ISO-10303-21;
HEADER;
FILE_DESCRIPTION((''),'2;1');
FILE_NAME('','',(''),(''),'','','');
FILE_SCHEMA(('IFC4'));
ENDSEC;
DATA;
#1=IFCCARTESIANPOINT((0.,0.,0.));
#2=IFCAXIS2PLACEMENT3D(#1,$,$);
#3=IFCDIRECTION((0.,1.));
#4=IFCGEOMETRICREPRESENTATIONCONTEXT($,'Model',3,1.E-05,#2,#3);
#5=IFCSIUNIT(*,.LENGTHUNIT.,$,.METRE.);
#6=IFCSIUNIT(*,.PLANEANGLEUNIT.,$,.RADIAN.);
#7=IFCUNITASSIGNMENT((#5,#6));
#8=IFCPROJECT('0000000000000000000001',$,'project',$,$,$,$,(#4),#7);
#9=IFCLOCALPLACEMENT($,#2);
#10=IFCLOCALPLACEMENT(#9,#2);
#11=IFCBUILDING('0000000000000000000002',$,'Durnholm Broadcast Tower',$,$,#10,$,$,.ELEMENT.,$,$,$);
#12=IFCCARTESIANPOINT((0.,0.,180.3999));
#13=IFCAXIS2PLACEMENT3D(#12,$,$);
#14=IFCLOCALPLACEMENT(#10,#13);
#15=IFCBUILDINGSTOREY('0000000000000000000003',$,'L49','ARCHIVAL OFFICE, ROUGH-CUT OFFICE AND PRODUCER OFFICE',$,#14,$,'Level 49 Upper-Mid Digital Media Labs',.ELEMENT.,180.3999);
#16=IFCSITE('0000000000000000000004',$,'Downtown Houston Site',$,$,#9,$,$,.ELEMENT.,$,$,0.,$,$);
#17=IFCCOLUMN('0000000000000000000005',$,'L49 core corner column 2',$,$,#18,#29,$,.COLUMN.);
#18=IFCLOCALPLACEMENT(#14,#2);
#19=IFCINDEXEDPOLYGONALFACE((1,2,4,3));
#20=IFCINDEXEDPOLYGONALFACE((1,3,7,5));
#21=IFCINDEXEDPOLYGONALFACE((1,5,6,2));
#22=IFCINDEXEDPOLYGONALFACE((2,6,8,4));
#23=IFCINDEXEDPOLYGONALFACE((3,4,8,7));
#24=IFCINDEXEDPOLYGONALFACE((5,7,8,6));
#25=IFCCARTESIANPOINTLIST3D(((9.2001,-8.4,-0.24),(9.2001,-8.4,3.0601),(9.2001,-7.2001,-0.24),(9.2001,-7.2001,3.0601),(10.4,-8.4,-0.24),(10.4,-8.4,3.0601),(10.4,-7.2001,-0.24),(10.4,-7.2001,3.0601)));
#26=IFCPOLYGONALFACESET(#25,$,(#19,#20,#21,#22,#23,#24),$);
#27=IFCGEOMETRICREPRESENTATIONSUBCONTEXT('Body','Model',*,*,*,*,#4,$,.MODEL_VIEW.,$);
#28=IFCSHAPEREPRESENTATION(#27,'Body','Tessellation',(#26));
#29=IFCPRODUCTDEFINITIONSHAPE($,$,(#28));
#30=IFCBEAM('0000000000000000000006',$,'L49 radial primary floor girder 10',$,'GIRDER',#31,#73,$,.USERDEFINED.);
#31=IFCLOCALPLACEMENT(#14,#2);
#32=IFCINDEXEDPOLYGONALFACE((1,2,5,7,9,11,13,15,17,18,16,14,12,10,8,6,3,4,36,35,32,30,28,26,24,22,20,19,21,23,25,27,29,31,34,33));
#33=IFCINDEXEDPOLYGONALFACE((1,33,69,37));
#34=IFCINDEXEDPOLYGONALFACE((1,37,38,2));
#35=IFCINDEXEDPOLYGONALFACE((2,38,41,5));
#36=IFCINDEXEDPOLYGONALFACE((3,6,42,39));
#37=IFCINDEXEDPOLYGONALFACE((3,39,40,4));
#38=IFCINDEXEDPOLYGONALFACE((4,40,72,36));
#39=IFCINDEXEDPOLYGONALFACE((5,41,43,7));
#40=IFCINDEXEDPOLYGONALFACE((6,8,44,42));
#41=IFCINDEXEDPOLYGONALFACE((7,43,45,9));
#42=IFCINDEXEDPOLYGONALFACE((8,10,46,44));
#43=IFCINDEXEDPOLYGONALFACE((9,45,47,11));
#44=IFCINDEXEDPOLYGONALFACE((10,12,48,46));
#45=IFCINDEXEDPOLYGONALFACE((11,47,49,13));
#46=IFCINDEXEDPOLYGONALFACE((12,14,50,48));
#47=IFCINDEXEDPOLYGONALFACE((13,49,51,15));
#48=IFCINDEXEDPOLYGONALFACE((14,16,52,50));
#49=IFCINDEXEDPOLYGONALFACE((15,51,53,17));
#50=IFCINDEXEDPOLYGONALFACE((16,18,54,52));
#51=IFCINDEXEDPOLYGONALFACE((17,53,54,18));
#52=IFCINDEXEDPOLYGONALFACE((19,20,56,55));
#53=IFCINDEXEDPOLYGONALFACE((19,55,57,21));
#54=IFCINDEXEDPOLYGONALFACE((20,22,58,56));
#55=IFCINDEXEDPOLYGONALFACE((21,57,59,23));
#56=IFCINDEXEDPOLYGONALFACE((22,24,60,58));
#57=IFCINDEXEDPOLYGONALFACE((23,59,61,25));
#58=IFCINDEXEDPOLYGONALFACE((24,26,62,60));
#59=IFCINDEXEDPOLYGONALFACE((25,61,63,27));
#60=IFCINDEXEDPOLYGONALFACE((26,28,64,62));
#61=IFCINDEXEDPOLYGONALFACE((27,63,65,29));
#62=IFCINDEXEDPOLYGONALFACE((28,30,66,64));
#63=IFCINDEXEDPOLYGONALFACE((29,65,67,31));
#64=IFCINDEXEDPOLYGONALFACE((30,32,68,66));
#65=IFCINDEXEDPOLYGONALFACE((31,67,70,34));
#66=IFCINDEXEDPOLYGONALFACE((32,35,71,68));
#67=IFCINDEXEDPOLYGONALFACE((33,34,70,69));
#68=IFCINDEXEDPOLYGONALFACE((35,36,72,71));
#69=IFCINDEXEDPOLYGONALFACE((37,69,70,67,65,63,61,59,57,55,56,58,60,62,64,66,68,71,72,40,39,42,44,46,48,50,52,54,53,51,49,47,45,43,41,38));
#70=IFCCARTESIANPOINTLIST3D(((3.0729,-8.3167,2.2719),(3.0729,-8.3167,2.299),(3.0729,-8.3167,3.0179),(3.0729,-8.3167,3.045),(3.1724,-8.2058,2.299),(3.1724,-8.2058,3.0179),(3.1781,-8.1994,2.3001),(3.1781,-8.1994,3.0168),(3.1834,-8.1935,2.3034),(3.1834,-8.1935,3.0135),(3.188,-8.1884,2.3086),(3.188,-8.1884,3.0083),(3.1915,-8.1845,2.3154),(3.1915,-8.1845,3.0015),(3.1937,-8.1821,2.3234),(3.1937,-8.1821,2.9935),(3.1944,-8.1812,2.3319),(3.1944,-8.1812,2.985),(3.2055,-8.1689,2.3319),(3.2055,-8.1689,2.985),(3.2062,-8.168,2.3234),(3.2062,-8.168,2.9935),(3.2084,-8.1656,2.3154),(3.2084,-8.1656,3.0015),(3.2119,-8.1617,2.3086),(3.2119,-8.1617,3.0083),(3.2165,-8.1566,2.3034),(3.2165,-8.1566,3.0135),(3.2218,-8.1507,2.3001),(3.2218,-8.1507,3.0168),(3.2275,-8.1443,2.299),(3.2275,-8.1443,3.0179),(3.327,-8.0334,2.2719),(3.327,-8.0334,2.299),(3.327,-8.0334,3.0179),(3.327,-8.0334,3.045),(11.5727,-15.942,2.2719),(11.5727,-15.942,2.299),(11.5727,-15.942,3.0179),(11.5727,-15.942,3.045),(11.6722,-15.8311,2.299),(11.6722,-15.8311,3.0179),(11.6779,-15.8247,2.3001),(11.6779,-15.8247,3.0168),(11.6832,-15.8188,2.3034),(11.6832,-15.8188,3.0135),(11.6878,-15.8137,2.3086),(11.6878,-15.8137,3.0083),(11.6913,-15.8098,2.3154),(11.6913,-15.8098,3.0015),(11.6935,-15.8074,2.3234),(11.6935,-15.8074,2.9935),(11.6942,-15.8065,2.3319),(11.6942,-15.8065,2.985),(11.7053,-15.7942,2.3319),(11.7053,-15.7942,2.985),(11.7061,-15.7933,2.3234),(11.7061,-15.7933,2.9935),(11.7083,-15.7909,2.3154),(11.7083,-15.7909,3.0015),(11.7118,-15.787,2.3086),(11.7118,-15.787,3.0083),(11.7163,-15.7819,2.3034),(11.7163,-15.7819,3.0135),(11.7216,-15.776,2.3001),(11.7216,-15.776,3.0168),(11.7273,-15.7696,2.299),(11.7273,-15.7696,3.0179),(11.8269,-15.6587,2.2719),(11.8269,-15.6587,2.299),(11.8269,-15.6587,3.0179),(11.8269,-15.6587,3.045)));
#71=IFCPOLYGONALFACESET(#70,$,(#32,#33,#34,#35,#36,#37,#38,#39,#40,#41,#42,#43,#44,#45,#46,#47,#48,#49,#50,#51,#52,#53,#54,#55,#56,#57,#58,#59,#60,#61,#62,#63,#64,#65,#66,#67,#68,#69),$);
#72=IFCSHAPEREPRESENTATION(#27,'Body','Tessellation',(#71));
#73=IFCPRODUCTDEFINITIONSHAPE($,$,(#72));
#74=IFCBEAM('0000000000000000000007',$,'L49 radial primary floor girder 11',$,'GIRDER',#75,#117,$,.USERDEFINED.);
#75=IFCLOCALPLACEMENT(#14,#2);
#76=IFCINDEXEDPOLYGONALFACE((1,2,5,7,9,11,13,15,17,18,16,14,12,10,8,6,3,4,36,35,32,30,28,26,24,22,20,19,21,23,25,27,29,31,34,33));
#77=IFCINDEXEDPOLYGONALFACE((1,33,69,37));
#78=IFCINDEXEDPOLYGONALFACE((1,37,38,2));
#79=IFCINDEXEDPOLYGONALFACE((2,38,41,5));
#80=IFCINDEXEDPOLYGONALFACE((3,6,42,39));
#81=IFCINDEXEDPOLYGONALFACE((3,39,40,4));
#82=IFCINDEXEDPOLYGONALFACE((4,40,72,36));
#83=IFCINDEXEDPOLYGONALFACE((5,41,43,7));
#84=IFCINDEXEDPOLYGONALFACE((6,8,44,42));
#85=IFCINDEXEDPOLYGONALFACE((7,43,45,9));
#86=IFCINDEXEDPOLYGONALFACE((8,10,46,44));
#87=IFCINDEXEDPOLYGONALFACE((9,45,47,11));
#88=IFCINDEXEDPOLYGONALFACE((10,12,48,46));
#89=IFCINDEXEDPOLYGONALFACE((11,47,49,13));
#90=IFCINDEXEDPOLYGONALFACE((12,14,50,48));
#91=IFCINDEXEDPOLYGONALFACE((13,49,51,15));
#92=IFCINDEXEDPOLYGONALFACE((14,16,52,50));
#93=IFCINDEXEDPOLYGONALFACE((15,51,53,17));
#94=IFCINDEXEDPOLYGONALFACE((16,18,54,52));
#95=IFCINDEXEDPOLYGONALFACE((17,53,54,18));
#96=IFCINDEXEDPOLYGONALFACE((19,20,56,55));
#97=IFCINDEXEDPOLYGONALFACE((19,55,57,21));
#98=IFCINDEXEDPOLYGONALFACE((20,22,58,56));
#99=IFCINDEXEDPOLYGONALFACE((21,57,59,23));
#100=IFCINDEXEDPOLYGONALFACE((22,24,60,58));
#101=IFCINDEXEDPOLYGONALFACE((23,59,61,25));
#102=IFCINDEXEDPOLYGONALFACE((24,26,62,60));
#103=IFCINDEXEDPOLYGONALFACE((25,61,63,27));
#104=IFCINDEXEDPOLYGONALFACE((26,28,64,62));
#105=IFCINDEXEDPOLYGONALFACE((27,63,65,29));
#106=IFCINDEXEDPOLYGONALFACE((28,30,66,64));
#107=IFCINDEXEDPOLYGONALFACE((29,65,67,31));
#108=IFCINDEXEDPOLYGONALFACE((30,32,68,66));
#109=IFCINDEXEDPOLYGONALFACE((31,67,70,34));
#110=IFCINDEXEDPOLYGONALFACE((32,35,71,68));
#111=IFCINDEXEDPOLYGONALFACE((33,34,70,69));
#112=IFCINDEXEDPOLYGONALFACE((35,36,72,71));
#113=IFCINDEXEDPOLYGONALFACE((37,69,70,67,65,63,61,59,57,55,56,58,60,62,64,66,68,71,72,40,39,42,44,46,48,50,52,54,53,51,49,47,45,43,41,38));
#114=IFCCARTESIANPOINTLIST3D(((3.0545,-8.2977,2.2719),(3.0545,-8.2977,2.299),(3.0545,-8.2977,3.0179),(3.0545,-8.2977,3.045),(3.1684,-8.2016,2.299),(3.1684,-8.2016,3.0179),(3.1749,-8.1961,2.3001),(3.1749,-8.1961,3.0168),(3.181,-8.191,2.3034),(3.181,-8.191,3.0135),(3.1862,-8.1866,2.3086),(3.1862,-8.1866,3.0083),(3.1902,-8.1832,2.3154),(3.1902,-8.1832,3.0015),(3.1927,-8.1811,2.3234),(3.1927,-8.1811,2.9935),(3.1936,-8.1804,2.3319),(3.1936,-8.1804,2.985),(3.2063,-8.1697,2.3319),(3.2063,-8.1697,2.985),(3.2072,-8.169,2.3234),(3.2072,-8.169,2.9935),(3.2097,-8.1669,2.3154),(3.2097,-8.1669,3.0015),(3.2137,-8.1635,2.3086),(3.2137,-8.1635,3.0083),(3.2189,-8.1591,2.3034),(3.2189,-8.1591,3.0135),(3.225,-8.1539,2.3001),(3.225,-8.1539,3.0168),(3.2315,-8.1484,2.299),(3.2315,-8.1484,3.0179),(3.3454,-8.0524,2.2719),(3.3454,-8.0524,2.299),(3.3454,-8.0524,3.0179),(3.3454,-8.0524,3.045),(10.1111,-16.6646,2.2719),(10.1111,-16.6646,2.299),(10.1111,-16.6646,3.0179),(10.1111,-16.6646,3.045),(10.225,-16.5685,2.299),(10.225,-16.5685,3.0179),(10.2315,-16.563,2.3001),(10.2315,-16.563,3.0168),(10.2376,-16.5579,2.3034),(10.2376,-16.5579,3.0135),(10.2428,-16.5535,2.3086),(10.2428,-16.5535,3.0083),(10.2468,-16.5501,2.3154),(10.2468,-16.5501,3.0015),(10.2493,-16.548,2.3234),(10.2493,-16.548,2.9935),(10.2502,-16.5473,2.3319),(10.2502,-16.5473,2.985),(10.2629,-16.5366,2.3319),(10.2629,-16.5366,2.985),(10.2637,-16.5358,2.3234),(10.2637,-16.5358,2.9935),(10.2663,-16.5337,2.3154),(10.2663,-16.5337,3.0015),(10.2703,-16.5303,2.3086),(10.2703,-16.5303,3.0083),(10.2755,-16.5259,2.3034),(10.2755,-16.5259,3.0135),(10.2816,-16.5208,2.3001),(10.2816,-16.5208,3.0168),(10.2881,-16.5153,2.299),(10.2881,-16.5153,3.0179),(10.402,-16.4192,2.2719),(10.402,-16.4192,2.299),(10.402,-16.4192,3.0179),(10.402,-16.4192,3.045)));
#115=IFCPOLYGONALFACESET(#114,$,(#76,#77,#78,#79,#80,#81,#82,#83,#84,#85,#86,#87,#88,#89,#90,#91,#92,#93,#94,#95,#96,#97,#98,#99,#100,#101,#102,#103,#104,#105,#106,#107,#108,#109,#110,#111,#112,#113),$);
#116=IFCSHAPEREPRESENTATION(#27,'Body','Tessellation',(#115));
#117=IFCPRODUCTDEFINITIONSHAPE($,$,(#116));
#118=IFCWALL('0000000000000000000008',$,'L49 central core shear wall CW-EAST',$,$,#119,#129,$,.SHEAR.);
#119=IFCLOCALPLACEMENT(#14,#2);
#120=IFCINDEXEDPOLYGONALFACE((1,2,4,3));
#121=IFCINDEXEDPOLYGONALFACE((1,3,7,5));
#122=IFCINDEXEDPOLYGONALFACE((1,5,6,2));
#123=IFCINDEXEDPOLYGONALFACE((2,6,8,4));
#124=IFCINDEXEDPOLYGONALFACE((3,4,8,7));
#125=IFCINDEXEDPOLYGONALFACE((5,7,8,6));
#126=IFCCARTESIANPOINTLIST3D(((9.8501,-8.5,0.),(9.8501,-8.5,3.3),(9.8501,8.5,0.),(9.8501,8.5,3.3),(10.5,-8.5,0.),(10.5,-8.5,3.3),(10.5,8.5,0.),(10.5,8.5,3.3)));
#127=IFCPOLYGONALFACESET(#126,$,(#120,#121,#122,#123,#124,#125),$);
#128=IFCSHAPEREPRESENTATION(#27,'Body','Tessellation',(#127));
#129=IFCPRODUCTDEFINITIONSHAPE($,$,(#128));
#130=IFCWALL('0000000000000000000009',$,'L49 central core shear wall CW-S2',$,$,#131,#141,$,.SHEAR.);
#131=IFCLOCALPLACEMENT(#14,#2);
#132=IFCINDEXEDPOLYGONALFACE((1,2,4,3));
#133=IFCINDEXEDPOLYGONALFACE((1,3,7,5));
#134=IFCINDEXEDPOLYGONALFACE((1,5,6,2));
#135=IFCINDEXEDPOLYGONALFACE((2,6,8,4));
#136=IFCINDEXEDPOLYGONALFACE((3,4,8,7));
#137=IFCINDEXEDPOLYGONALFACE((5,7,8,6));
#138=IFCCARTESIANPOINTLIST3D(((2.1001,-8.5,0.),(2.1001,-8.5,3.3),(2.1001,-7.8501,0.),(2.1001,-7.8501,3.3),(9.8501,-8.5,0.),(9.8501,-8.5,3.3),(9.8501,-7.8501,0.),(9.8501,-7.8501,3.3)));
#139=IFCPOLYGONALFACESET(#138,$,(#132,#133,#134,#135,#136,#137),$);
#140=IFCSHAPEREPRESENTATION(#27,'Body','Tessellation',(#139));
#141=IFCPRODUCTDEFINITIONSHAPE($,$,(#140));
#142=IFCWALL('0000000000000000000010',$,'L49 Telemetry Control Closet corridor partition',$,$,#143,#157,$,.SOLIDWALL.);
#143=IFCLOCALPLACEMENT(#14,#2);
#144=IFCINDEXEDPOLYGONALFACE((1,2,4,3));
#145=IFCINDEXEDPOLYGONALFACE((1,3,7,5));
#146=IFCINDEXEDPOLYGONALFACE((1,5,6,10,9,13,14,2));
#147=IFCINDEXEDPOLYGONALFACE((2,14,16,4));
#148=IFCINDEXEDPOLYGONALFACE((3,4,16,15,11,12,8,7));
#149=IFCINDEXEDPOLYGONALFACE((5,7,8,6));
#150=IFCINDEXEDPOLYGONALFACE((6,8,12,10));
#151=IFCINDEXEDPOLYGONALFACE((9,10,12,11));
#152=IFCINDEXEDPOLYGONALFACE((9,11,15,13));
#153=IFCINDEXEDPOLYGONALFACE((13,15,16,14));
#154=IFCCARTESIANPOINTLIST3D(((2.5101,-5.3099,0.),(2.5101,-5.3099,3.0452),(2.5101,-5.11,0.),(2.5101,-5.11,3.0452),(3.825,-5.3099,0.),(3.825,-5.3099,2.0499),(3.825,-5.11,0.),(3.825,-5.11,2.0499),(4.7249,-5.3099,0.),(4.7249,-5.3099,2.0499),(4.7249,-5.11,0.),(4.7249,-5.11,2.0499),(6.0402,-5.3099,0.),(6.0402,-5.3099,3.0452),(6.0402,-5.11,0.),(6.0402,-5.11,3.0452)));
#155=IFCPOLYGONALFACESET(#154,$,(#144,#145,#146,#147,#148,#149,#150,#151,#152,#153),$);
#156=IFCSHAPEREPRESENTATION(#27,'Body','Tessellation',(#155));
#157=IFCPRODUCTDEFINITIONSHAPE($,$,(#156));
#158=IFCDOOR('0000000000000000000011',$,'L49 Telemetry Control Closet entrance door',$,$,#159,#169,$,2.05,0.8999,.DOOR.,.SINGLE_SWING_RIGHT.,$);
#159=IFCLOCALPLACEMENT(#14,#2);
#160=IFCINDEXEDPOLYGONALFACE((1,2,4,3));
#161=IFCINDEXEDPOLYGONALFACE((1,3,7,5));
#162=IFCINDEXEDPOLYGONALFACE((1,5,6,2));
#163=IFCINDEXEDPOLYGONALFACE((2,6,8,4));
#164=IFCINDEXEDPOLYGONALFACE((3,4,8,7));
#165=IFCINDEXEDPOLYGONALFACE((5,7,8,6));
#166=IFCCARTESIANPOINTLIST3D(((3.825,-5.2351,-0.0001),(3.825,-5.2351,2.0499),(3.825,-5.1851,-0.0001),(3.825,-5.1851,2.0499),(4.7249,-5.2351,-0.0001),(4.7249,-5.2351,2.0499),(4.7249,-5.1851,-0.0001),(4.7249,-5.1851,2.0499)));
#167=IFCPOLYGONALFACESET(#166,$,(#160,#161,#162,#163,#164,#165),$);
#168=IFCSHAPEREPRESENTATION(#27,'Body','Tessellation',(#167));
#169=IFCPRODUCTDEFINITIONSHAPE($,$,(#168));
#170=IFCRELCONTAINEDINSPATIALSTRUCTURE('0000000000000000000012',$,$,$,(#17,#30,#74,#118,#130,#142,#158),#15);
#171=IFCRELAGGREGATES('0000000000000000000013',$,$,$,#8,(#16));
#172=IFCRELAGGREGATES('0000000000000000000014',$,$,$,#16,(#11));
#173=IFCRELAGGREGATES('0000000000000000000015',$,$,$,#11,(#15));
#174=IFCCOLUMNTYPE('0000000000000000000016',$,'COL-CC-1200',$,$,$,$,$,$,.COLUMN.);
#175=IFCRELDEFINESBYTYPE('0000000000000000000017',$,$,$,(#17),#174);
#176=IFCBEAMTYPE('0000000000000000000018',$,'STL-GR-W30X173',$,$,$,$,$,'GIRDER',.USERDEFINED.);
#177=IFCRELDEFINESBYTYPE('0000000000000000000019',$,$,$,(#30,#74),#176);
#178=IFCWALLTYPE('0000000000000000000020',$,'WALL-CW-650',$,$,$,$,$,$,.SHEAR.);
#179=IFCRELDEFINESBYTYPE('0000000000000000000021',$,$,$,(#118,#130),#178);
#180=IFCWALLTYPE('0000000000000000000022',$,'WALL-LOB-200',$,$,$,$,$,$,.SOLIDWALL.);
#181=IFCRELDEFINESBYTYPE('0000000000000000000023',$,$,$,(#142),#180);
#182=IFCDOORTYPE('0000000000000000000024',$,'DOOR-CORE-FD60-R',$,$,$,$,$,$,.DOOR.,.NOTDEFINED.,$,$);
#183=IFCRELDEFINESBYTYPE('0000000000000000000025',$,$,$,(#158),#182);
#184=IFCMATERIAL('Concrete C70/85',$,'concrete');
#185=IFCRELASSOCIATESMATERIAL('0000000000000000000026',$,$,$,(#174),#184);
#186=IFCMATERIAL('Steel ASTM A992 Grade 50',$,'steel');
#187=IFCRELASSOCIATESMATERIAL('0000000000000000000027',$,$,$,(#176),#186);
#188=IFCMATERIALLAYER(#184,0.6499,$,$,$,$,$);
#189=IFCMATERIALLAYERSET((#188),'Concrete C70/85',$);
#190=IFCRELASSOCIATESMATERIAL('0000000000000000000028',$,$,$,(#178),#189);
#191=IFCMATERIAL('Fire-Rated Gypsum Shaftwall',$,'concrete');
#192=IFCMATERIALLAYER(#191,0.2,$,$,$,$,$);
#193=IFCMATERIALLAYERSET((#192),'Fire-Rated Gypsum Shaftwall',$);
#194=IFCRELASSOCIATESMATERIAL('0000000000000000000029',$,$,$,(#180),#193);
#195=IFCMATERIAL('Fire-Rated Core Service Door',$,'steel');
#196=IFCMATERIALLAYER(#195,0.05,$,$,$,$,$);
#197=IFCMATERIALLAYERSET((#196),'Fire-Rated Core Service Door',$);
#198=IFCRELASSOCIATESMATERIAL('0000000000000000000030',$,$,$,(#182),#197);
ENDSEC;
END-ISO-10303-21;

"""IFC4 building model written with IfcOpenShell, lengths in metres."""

from ifc_helpers import new_model, si_unit, direction, frame, frame_2d, origin, origin_2d, place, context, subcontext, project, spatial, rectangle, i_section, extrude, source, transform, mapped, material, layer, layer_set, material_profile, profile_set, type_object, type_shapes, element, fill, save


model = new_model("IFC4")

# Units and contexts
model_context = context("Model", 3, precision=1e-05, world=origin(), true_north=direction((0.0, 1.0)))
body_context = subcontext(model_context, "Body", "Model", "MODEL_VIEW")
ifc_project = project(units=[si_unit("LENGTHUNIT", "METRE"), si_unit("PLANEANGLEUNIT", "RADIAN")], contexts=[model_context])

# Site, building, storey
site_placement = place(None, origin())
site = spatial("IfcSite", under=ifc_project, at=site_placement, Name="Downtown Houston Site", CompositionType="ELEMENT", RefElevation=0.0)
building_placement = place(site_placement, origin())
building = spatial("IfcBuilding", under=site, at=building_placement, Name="Durnholm Broadcast Tower", CompositionType="ELEMENT")
storey_placement = place(building_placement, frame((0.0, 0.0, 180.3999)))
storey = spatial("IfcBuildingStorey", under=building, at=storey_placement, Name="L49", Description="ARCHIVAL OFFICE, ROUGH-CUT OFFICE AND PRODUCER OFFICE", LongName="Level 49 Upper-Mid Digital Media Labs", CompositionType="ELEMENT", Elevation=180.3999)

# Column
ifc_material_1 = material(Name="Concrete C70/85", Category="concrete")
ifc_material_profile_1 = material_profile(ifc_material_1, rectangle(XDim=1.2, YDim=1.2, at=origin_2d()), Name="RC1200X1200")
ifc_profile_set_1 = profile_set([ifc_material_profile_1], Name="Concrete C70/85")
column_type = type_object("IfcColumnType", Name="COL-CC-1200", PredefinedType="COLUMN", material=ifc_profile_set_1)
shared_shape_1 = source(origin(), body_context, "Body", "SweptSolid", [
    extrude(rectangle(XDim=1.2, YDim=1.2, at=origin_2d()), origin(), (0.0, 0.0, 1.0), 3.3),
])
type_shapes(column_type, [shared_shape_1])
column_placement = place(storey_placement, frame((9.8, -7.8, -0.24), z_axis=(0.0, 0.0, 1.0), x_axis=(1.0, 0.0, 0.0)))
element("IfcColumn", 1, at=column_placement, inside=storey, type_object=column_type, Name="L49 core corner column 2", PredefinedType="COLUMN", context=body_context, shape_type="MappedRepresentation", body=[
    mapped(shared_shape_1, transform((0.0, 0.0, 0.0), x_axis=(1.0, 0.0, 0.0), y_axis=(0.0, 1.0, 0.0), z_axis=(0.0, 0.0, 1.0), scale=1.0)),
])

# Beams
ifc_material_2 = material(Name="Steel ASTM A992 Grade 50", Category="steel")
ifc_material_profile_2 = material_profile(ifc_material_2, i_section(OverallWidth=0.3806, OverallDepth=0.7732, WebThickness=0.0166, FlangeThickness=0.0271, FilletRadius=0.033, at=origin_2d()), Name="W30X173")
ifc_profile_set_2 = profile_set([ifc_material_profile_2], Name="Steel ASTM A992 Grade 50")
beam_type = type_object("IfcBeamType", Name="STL-GR-W30X173", ElementType="GIRDER", PredefinedType="USERDEFINED", material=ifc_profile_set_2)
shared_shape_2 = source(origin(), body_context, "Body", "SweptSolid", [
    extrude(i_section(OverallWidth=0.3806, OverallDepth=0.7732, WebThickness=0.0166, FlangeThickness=0.0271, FilletRadius=0.033, at=origin_2d()), origin(), (0.0, 0.0, 1.0), 11.4189),
])
beam_1_placement = place(storey_placement, frame((3.2, -8.175, 2.6584), z_axis=(0.744362, -0.667777, 0.0), x_axis=(0.667777, 0.744362, 0.0)))
element("IfcBeam", 2, at=beam_1_placement, inside=storey, type_object=beam_type, Name="L49 radial primary floor girder 10", ObjectType="GIRDER", PredefinedType="USERDEFINED", context=body_context, shape_type="MappedRepresentation", body=[
    mapped(shared_shape_2, transform((0.0, 0.0, 0.0), x_axis=(1.0, 0.0, 0.0), y_axis=(0.0, 1.0, 0.0), z_axis=(0.0, 0.0, 1.0), scale=1.0)),
])
shared_shape_3 = source(origin(), body_context, "Body", "SweptSolid", [
    extrude(i_section(OverallWidth=0.3806, OverallDepth=0.7732, WebThickness=0.0166, FlangeThickness=0.0271, FilletRadius=0.033, at=origin_2d()), origin(), (0.0, 0.0, 1.0), 10.9453),
])
type_shapes(beam_type, [shared_shape_2, shared_shape_3])
beam_2_placement = place(storey_placement, frame((3.2, -8.175, 2.6584), z_axis=(0.644713, -0.764425, 0.0), x_axis=(0.764425, 0.644713, 0.0)))
element("IfcBeam", 3, at=beam_2_placement, inside=storey, type_object=beam_type, Name="L49 radial primary floor girder 11", ObjectType="GIRDER", PredefinedType="USERDEFINED", context=body_context, shape_type="MappedRepresentation", body=[
    mapped(shared_shape_3, transform((0.0, 0.0, 0.0), x_axis=(1.0, 0.0, 0.0), y_axis=(0.0, 1.0, 0.0), z_axis=(0.0, 0.0, 1.0), scale=1.0)),
])

# Walls
ifc_layer_1 = layer(ifc_material_1, 0.6499)
ifc_layer_set_1 = layer_set([ifc_layer_1], Name="Concrete C70/85")
wall_type_1 = type_object("IfcWallType", Name="WALL-CW-650", PredefinedType="SHEAR", material=ifc_layer_set_1)
wall_1_placement = place(storey_placement, frame((10.175, -8.5, 0.0), z_axis=(0.0, 0.0, 1.0), x_axis=(0.0, 1.0, 0.0)))
element("IfcWall", 4, at=wall_1_placement, inside=storey, type_object=wall_type_1, Name="L49 central core shear wall CW-EAST", PredefinedType="SHEAR", context=body_context, shape_type="SweptSolid", body=[
    extrude(rectangle(XDim=17.0, YDim=0.6499, at=frame_2d((8.5, 0.0))), origin(), (0.0, 0.0, 1.0), 3.3),
])
wall_2_placement = place(storey_placement, frame((2.1001, -8.175, 0.0), z_axis=(0.0, 0.0, 1.0), x_axis=(1.0, 0.0, 0.0)))
element("IfcWall", 5, at=wall_2_placement, inside=storey, type_object=wall_type_1, Name="L49 central core shear wall CW-S2", PredefinedType="SHEAR", context=body_context, shape_type="SweptSolid", body=[
    extrude(rectangle(XDim=7.75, YDim=0.6499, at=frame_2d((3.875, 0.0))), origin(), (0.0, 0.0, 1.0), 3.3),
])

# Wall, opening, door
ifc_material_3 = material(Name="Fire-Rated Gypsum Shaftwall", Category="concrete")
ifc_layer_2 = layer(ifc_material_3, 0.2)
ifc_layer_set_2 = layer_set([ifc_layer_2], Name="Fire-Rated Gypsum Shaftwall")
wall_type_2 = type_object("IfcWallType", Name="WALL-LOB-200", PredefinedType="SOLIDWALL", material=ifc_layer_set_2)
wall_3_placement = place(storey_placement, frame((2.51, -5.21, 0.0), z_axis=(0.0, 0.0, 1.0), x_axis=(1.0, 0.0, 0.0)))
wall_3 = element("IfcWall", 6, at=wall_3_placement, inside=storey, type_object=wall_type_2, Name="L49 Telemetry Control Closet corridor partition", PredefinedType="SOLIDWALL", context=body_context, shape_type="SweptSolid", body=[
    extrude(rectangle(XDim=3.53, YDim=0.2, at=frame_2d((1.7651, 0.0))), origin(), (0.0, 0.0, 1.0), 3.0452),
])
opening_1_placement = place(wall_3_placement, frame((1.3149, 0.0, 0.0)))
opening_1 = element("IfcOpeningElement", 7, at=opening_1_placement, cuts=wall_3, PredefinedType="OPENING", context=body_context, shape_type="SweptSolid", body=[
    extrude(rectangle(XDim=0.8999, YDim=2.05, at=frame_2d((0.45, 1.0249))), frame((0.0, 0.1099, 0.0), z_axis=(0.0, -1.0, 0.0), x_axis=(1.0, 0.0, 0.0)), (0.0, 0.0, 1.0), 0.22),
])
ifc_material_4 = material(Name="Fire-Rated Core Service Door", Category="steel")
ifc_layer_3 = layer(ifc_material_4, 0.05)
ifc_layer_set_3 = layer_set([ifc_layer_3], Name="Fire-Rated Core Service Door")
door_type_1 = type_object("IfcDoorType", Name="DOOR-CORE-FD60-R", OperationType="NOTDEFINED", PredefinedType="DOOR", material=ifc_layer_set_3)
shared_shape_4 = source(origin(), body_context, "Body", "SweptSolid", [
    extrude(rectangle(XDim=0.8999, YDim=2.05, at=frame_2d((0.45, 1.0249))), frame((0.0, 0.0249, 0.0), z_axis=(0.0, -1.0, 0.0), x_axis=(1.0, 0.0, 0.0)), (0.0, 0.0, 1.0), 0.05),
])
type_shapes(door_type_1, [shared_shape_4])
door_1_placement = place(opening_1_placement, origin())
door_1 = element("IfcDoor", 8, at=door_1_placement, inside=storey, type_object=door_type_1, Name="L49 Telemetry Control Closet entrance door", OperationType="SINGLE_SWING_RIGHT", OverallHeight=2.05, OverallWidth=0.8999, PredefinedType="DOOR", context=body_context, shape_type="MappedRepresentation", body=[
    mapped(shared_shape_4, transform((0.0, 0.0, 0.0), x_axis=(1.0, 0.0, 0.0), y_axis=(0.0, 1.0, 0.0), z_axis=(0.0, 0.0, 1.0), scale=1.0)),
])
fill(opening_1, door_1)

save(model, "model.ifc")
